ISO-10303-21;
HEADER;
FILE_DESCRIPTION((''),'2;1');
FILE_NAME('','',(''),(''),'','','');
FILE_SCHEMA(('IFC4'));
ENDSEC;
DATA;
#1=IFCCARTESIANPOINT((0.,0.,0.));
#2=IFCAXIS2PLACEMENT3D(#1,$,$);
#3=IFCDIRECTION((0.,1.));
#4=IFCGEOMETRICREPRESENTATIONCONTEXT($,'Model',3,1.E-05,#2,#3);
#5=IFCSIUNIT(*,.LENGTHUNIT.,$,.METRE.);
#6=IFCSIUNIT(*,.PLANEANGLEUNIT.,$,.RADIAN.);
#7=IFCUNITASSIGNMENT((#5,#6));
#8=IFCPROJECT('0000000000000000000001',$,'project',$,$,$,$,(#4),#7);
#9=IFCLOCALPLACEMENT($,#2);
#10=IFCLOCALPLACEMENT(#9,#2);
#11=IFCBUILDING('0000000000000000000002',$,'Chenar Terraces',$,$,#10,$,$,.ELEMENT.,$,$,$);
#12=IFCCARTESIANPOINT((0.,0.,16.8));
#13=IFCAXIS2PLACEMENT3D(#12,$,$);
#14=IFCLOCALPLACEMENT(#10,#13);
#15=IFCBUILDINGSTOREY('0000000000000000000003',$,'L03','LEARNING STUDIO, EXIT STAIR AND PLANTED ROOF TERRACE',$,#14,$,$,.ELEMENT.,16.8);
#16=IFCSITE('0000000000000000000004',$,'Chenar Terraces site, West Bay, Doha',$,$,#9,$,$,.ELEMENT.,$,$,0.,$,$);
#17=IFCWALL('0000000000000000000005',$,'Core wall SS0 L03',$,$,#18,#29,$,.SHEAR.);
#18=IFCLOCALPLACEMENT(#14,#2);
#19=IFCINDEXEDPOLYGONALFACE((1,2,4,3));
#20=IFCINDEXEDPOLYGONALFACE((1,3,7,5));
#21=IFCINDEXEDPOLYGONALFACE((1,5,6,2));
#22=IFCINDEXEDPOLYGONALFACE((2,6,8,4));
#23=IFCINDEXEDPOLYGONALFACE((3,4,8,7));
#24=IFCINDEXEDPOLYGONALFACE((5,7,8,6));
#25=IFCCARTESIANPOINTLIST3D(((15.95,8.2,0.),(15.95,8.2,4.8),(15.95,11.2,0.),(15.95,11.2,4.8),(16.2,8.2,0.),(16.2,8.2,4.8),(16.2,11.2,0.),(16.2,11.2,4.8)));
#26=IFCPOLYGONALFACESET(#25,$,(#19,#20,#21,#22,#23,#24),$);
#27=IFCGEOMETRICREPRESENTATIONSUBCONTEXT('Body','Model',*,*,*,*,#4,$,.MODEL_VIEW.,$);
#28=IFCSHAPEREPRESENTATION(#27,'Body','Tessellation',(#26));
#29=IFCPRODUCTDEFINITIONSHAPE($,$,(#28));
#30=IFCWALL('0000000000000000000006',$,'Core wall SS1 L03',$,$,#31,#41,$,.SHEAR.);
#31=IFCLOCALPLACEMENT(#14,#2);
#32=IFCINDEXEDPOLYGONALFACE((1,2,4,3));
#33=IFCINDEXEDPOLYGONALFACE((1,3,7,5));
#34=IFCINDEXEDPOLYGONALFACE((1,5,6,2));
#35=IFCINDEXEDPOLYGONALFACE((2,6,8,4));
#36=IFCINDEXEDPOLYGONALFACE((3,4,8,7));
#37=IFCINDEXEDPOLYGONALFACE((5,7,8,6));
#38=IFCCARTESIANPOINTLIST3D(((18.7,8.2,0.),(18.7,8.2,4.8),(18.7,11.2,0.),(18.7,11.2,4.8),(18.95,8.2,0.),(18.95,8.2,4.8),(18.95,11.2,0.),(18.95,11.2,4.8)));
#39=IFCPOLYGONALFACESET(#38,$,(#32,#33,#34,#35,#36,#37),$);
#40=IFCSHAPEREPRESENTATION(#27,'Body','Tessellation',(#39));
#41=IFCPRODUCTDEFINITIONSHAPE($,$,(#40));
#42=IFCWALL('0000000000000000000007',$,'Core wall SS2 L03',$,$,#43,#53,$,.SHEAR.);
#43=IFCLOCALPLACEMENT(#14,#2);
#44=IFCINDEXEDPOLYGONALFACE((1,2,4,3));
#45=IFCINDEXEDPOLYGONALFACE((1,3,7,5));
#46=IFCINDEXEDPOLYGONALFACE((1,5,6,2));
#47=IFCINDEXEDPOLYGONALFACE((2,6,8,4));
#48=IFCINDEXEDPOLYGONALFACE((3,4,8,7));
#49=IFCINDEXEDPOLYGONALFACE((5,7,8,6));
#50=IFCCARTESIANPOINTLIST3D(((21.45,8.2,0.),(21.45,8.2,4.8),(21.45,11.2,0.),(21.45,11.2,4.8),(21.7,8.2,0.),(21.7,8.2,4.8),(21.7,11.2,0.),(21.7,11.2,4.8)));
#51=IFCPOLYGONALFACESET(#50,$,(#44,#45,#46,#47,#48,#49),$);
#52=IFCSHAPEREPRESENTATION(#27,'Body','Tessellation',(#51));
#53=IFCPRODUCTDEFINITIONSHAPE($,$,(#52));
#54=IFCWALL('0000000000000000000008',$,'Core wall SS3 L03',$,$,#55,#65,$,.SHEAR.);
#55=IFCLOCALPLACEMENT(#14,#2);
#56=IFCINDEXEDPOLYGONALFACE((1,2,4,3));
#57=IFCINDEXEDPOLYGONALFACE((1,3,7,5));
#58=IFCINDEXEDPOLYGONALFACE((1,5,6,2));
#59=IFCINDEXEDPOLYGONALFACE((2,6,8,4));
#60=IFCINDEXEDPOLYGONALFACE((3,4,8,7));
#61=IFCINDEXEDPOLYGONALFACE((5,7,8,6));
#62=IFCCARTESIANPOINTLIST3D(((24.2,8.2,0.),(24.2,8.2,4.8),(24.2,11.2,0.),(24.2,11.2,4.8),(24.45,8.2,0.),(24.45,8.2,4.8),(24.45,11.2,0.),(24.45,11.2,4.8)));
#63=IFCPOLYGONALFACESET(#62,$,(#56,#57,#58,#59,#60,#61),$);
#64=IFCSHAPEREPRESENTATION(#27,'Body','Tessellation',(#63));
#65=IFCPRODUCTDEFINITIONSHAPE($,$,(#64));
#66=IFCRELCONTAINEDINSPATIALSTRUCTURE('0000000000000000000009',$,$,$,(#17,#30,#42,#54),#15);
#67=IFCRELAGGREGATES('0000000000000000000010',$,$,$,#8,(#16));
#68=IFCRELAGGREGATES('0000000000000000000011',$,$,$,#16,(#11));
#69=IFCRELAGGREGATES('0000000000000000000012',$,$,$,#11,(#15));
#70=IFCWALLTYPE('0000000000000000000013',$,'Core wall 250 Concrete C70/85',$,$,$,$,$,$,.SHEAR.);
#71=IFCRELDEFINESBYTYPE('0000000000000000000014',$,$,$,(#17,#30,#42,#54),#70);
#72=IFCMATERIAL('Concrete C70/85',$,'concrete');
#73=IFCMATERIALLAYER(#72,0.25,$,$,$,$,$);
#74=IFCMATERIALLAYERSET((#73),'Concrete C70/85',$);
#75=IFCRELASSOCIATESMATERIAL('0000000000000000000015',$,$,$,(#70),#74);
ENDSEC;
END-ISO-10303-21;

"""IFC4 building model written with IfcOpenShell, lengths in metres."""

from ifc_helpers import new_model, si_unit, direction, frame, frame_2d, origin, place, context, subcontext, project, spatial, rectangle, extrude, material, layer, layer_set, type_object, element, save


model = new_model("IFC4")

# Units and contexts
model_context = context("Model", 3, precision=1e-05, world=origin(), true_north=direction((0.0, 1.0)))
body_context = subcontext(model_context, "Body", "Model", "MODEL_VIEW")
ifc_project = project(units=[si_unit("LENGTHUNIT", "METRE"), si_unit("PLANEANGLEUNIT", "RADIAN")], contexts=[model_context])

# Site, building, storey
site_placement = place(None, origin())
site = spatial("IfcSite", under=ifc_project, at=site_placement, Name="Chenar Terraces site, West Bay, Doha", CompositionType="ELEMENT", RefElevation=0.0)
building_placement = place(site_placement, origin())
building = spatial("IfcBuilding", under=site, at=building_placement, Name="Chenar Terraces", CompositionType="ELEMENT")
storey_placement = place(building_placement, frame((0.0, 0.0, 16.8)))
storey = spatial("IfcBuildingStorey", under=building, at=storey_placement, Name="L03", Description="LEARNING STUDIO, EXIT STAIR AND PLANTED ROOF TERRACE", CompositionType="ELEMENT", Elevation=16.8)

# Walls
ifc_material_1 = material(Name="Concrete C70/85", Category="concrete")
ifc_layer_1 = layer(ifc_material_1, 0.25)
ifc_layer_set_1 = layer_set([ifc_layer_1], Name="Concrete C70/85")
wall_type_1 = type_object("IfcWallType", Name="Core wall 250 Concrete C70/85", PredefinedType="SHEAR", material=ifc_layer_set_1)
for number, where, z_axis, x_axis, name in (
    (1, (16.075, 8.2, 0.0), (0.0, 0.0, 1.0), (0.0, 1.0, 0.0), "Core wall SS0 L03"),
    (2, (18.825, 8.2, 0.0), (0.0, 0.0, 1.0), (0.0, 1.0, 0.0), "Core wall SS1 L03"),
    (3, (21.575, 8.2, 0.0), (0.0, 0.0, 1.0), (0.0, 1.0, 0.0), "Core wall SS2 L03"),
    (4, (24.325, 8.2, 0.0), (0.0, 0.0, 1.0), (0.0, 1.0, 0.0), "Core wall SS3 L03"),
):
    element("IfcWall", number, at=place(storey_placement, frame(where, z_axis=z_axis, x_axis=x_axis)), inside=storey, type_object=wall_type_1, Name=name, PredefinedType="SHEAR", context=body_context, shape_type="SweptSolid", body=[
        extrude(rectangle(XDim=3.0, YDim=0.25, at=frame_2d((1.5, 0.0))), origin(), (0.0, 0.0, 1.0), 4.8),
    ])

save(model, "model.ifc")
